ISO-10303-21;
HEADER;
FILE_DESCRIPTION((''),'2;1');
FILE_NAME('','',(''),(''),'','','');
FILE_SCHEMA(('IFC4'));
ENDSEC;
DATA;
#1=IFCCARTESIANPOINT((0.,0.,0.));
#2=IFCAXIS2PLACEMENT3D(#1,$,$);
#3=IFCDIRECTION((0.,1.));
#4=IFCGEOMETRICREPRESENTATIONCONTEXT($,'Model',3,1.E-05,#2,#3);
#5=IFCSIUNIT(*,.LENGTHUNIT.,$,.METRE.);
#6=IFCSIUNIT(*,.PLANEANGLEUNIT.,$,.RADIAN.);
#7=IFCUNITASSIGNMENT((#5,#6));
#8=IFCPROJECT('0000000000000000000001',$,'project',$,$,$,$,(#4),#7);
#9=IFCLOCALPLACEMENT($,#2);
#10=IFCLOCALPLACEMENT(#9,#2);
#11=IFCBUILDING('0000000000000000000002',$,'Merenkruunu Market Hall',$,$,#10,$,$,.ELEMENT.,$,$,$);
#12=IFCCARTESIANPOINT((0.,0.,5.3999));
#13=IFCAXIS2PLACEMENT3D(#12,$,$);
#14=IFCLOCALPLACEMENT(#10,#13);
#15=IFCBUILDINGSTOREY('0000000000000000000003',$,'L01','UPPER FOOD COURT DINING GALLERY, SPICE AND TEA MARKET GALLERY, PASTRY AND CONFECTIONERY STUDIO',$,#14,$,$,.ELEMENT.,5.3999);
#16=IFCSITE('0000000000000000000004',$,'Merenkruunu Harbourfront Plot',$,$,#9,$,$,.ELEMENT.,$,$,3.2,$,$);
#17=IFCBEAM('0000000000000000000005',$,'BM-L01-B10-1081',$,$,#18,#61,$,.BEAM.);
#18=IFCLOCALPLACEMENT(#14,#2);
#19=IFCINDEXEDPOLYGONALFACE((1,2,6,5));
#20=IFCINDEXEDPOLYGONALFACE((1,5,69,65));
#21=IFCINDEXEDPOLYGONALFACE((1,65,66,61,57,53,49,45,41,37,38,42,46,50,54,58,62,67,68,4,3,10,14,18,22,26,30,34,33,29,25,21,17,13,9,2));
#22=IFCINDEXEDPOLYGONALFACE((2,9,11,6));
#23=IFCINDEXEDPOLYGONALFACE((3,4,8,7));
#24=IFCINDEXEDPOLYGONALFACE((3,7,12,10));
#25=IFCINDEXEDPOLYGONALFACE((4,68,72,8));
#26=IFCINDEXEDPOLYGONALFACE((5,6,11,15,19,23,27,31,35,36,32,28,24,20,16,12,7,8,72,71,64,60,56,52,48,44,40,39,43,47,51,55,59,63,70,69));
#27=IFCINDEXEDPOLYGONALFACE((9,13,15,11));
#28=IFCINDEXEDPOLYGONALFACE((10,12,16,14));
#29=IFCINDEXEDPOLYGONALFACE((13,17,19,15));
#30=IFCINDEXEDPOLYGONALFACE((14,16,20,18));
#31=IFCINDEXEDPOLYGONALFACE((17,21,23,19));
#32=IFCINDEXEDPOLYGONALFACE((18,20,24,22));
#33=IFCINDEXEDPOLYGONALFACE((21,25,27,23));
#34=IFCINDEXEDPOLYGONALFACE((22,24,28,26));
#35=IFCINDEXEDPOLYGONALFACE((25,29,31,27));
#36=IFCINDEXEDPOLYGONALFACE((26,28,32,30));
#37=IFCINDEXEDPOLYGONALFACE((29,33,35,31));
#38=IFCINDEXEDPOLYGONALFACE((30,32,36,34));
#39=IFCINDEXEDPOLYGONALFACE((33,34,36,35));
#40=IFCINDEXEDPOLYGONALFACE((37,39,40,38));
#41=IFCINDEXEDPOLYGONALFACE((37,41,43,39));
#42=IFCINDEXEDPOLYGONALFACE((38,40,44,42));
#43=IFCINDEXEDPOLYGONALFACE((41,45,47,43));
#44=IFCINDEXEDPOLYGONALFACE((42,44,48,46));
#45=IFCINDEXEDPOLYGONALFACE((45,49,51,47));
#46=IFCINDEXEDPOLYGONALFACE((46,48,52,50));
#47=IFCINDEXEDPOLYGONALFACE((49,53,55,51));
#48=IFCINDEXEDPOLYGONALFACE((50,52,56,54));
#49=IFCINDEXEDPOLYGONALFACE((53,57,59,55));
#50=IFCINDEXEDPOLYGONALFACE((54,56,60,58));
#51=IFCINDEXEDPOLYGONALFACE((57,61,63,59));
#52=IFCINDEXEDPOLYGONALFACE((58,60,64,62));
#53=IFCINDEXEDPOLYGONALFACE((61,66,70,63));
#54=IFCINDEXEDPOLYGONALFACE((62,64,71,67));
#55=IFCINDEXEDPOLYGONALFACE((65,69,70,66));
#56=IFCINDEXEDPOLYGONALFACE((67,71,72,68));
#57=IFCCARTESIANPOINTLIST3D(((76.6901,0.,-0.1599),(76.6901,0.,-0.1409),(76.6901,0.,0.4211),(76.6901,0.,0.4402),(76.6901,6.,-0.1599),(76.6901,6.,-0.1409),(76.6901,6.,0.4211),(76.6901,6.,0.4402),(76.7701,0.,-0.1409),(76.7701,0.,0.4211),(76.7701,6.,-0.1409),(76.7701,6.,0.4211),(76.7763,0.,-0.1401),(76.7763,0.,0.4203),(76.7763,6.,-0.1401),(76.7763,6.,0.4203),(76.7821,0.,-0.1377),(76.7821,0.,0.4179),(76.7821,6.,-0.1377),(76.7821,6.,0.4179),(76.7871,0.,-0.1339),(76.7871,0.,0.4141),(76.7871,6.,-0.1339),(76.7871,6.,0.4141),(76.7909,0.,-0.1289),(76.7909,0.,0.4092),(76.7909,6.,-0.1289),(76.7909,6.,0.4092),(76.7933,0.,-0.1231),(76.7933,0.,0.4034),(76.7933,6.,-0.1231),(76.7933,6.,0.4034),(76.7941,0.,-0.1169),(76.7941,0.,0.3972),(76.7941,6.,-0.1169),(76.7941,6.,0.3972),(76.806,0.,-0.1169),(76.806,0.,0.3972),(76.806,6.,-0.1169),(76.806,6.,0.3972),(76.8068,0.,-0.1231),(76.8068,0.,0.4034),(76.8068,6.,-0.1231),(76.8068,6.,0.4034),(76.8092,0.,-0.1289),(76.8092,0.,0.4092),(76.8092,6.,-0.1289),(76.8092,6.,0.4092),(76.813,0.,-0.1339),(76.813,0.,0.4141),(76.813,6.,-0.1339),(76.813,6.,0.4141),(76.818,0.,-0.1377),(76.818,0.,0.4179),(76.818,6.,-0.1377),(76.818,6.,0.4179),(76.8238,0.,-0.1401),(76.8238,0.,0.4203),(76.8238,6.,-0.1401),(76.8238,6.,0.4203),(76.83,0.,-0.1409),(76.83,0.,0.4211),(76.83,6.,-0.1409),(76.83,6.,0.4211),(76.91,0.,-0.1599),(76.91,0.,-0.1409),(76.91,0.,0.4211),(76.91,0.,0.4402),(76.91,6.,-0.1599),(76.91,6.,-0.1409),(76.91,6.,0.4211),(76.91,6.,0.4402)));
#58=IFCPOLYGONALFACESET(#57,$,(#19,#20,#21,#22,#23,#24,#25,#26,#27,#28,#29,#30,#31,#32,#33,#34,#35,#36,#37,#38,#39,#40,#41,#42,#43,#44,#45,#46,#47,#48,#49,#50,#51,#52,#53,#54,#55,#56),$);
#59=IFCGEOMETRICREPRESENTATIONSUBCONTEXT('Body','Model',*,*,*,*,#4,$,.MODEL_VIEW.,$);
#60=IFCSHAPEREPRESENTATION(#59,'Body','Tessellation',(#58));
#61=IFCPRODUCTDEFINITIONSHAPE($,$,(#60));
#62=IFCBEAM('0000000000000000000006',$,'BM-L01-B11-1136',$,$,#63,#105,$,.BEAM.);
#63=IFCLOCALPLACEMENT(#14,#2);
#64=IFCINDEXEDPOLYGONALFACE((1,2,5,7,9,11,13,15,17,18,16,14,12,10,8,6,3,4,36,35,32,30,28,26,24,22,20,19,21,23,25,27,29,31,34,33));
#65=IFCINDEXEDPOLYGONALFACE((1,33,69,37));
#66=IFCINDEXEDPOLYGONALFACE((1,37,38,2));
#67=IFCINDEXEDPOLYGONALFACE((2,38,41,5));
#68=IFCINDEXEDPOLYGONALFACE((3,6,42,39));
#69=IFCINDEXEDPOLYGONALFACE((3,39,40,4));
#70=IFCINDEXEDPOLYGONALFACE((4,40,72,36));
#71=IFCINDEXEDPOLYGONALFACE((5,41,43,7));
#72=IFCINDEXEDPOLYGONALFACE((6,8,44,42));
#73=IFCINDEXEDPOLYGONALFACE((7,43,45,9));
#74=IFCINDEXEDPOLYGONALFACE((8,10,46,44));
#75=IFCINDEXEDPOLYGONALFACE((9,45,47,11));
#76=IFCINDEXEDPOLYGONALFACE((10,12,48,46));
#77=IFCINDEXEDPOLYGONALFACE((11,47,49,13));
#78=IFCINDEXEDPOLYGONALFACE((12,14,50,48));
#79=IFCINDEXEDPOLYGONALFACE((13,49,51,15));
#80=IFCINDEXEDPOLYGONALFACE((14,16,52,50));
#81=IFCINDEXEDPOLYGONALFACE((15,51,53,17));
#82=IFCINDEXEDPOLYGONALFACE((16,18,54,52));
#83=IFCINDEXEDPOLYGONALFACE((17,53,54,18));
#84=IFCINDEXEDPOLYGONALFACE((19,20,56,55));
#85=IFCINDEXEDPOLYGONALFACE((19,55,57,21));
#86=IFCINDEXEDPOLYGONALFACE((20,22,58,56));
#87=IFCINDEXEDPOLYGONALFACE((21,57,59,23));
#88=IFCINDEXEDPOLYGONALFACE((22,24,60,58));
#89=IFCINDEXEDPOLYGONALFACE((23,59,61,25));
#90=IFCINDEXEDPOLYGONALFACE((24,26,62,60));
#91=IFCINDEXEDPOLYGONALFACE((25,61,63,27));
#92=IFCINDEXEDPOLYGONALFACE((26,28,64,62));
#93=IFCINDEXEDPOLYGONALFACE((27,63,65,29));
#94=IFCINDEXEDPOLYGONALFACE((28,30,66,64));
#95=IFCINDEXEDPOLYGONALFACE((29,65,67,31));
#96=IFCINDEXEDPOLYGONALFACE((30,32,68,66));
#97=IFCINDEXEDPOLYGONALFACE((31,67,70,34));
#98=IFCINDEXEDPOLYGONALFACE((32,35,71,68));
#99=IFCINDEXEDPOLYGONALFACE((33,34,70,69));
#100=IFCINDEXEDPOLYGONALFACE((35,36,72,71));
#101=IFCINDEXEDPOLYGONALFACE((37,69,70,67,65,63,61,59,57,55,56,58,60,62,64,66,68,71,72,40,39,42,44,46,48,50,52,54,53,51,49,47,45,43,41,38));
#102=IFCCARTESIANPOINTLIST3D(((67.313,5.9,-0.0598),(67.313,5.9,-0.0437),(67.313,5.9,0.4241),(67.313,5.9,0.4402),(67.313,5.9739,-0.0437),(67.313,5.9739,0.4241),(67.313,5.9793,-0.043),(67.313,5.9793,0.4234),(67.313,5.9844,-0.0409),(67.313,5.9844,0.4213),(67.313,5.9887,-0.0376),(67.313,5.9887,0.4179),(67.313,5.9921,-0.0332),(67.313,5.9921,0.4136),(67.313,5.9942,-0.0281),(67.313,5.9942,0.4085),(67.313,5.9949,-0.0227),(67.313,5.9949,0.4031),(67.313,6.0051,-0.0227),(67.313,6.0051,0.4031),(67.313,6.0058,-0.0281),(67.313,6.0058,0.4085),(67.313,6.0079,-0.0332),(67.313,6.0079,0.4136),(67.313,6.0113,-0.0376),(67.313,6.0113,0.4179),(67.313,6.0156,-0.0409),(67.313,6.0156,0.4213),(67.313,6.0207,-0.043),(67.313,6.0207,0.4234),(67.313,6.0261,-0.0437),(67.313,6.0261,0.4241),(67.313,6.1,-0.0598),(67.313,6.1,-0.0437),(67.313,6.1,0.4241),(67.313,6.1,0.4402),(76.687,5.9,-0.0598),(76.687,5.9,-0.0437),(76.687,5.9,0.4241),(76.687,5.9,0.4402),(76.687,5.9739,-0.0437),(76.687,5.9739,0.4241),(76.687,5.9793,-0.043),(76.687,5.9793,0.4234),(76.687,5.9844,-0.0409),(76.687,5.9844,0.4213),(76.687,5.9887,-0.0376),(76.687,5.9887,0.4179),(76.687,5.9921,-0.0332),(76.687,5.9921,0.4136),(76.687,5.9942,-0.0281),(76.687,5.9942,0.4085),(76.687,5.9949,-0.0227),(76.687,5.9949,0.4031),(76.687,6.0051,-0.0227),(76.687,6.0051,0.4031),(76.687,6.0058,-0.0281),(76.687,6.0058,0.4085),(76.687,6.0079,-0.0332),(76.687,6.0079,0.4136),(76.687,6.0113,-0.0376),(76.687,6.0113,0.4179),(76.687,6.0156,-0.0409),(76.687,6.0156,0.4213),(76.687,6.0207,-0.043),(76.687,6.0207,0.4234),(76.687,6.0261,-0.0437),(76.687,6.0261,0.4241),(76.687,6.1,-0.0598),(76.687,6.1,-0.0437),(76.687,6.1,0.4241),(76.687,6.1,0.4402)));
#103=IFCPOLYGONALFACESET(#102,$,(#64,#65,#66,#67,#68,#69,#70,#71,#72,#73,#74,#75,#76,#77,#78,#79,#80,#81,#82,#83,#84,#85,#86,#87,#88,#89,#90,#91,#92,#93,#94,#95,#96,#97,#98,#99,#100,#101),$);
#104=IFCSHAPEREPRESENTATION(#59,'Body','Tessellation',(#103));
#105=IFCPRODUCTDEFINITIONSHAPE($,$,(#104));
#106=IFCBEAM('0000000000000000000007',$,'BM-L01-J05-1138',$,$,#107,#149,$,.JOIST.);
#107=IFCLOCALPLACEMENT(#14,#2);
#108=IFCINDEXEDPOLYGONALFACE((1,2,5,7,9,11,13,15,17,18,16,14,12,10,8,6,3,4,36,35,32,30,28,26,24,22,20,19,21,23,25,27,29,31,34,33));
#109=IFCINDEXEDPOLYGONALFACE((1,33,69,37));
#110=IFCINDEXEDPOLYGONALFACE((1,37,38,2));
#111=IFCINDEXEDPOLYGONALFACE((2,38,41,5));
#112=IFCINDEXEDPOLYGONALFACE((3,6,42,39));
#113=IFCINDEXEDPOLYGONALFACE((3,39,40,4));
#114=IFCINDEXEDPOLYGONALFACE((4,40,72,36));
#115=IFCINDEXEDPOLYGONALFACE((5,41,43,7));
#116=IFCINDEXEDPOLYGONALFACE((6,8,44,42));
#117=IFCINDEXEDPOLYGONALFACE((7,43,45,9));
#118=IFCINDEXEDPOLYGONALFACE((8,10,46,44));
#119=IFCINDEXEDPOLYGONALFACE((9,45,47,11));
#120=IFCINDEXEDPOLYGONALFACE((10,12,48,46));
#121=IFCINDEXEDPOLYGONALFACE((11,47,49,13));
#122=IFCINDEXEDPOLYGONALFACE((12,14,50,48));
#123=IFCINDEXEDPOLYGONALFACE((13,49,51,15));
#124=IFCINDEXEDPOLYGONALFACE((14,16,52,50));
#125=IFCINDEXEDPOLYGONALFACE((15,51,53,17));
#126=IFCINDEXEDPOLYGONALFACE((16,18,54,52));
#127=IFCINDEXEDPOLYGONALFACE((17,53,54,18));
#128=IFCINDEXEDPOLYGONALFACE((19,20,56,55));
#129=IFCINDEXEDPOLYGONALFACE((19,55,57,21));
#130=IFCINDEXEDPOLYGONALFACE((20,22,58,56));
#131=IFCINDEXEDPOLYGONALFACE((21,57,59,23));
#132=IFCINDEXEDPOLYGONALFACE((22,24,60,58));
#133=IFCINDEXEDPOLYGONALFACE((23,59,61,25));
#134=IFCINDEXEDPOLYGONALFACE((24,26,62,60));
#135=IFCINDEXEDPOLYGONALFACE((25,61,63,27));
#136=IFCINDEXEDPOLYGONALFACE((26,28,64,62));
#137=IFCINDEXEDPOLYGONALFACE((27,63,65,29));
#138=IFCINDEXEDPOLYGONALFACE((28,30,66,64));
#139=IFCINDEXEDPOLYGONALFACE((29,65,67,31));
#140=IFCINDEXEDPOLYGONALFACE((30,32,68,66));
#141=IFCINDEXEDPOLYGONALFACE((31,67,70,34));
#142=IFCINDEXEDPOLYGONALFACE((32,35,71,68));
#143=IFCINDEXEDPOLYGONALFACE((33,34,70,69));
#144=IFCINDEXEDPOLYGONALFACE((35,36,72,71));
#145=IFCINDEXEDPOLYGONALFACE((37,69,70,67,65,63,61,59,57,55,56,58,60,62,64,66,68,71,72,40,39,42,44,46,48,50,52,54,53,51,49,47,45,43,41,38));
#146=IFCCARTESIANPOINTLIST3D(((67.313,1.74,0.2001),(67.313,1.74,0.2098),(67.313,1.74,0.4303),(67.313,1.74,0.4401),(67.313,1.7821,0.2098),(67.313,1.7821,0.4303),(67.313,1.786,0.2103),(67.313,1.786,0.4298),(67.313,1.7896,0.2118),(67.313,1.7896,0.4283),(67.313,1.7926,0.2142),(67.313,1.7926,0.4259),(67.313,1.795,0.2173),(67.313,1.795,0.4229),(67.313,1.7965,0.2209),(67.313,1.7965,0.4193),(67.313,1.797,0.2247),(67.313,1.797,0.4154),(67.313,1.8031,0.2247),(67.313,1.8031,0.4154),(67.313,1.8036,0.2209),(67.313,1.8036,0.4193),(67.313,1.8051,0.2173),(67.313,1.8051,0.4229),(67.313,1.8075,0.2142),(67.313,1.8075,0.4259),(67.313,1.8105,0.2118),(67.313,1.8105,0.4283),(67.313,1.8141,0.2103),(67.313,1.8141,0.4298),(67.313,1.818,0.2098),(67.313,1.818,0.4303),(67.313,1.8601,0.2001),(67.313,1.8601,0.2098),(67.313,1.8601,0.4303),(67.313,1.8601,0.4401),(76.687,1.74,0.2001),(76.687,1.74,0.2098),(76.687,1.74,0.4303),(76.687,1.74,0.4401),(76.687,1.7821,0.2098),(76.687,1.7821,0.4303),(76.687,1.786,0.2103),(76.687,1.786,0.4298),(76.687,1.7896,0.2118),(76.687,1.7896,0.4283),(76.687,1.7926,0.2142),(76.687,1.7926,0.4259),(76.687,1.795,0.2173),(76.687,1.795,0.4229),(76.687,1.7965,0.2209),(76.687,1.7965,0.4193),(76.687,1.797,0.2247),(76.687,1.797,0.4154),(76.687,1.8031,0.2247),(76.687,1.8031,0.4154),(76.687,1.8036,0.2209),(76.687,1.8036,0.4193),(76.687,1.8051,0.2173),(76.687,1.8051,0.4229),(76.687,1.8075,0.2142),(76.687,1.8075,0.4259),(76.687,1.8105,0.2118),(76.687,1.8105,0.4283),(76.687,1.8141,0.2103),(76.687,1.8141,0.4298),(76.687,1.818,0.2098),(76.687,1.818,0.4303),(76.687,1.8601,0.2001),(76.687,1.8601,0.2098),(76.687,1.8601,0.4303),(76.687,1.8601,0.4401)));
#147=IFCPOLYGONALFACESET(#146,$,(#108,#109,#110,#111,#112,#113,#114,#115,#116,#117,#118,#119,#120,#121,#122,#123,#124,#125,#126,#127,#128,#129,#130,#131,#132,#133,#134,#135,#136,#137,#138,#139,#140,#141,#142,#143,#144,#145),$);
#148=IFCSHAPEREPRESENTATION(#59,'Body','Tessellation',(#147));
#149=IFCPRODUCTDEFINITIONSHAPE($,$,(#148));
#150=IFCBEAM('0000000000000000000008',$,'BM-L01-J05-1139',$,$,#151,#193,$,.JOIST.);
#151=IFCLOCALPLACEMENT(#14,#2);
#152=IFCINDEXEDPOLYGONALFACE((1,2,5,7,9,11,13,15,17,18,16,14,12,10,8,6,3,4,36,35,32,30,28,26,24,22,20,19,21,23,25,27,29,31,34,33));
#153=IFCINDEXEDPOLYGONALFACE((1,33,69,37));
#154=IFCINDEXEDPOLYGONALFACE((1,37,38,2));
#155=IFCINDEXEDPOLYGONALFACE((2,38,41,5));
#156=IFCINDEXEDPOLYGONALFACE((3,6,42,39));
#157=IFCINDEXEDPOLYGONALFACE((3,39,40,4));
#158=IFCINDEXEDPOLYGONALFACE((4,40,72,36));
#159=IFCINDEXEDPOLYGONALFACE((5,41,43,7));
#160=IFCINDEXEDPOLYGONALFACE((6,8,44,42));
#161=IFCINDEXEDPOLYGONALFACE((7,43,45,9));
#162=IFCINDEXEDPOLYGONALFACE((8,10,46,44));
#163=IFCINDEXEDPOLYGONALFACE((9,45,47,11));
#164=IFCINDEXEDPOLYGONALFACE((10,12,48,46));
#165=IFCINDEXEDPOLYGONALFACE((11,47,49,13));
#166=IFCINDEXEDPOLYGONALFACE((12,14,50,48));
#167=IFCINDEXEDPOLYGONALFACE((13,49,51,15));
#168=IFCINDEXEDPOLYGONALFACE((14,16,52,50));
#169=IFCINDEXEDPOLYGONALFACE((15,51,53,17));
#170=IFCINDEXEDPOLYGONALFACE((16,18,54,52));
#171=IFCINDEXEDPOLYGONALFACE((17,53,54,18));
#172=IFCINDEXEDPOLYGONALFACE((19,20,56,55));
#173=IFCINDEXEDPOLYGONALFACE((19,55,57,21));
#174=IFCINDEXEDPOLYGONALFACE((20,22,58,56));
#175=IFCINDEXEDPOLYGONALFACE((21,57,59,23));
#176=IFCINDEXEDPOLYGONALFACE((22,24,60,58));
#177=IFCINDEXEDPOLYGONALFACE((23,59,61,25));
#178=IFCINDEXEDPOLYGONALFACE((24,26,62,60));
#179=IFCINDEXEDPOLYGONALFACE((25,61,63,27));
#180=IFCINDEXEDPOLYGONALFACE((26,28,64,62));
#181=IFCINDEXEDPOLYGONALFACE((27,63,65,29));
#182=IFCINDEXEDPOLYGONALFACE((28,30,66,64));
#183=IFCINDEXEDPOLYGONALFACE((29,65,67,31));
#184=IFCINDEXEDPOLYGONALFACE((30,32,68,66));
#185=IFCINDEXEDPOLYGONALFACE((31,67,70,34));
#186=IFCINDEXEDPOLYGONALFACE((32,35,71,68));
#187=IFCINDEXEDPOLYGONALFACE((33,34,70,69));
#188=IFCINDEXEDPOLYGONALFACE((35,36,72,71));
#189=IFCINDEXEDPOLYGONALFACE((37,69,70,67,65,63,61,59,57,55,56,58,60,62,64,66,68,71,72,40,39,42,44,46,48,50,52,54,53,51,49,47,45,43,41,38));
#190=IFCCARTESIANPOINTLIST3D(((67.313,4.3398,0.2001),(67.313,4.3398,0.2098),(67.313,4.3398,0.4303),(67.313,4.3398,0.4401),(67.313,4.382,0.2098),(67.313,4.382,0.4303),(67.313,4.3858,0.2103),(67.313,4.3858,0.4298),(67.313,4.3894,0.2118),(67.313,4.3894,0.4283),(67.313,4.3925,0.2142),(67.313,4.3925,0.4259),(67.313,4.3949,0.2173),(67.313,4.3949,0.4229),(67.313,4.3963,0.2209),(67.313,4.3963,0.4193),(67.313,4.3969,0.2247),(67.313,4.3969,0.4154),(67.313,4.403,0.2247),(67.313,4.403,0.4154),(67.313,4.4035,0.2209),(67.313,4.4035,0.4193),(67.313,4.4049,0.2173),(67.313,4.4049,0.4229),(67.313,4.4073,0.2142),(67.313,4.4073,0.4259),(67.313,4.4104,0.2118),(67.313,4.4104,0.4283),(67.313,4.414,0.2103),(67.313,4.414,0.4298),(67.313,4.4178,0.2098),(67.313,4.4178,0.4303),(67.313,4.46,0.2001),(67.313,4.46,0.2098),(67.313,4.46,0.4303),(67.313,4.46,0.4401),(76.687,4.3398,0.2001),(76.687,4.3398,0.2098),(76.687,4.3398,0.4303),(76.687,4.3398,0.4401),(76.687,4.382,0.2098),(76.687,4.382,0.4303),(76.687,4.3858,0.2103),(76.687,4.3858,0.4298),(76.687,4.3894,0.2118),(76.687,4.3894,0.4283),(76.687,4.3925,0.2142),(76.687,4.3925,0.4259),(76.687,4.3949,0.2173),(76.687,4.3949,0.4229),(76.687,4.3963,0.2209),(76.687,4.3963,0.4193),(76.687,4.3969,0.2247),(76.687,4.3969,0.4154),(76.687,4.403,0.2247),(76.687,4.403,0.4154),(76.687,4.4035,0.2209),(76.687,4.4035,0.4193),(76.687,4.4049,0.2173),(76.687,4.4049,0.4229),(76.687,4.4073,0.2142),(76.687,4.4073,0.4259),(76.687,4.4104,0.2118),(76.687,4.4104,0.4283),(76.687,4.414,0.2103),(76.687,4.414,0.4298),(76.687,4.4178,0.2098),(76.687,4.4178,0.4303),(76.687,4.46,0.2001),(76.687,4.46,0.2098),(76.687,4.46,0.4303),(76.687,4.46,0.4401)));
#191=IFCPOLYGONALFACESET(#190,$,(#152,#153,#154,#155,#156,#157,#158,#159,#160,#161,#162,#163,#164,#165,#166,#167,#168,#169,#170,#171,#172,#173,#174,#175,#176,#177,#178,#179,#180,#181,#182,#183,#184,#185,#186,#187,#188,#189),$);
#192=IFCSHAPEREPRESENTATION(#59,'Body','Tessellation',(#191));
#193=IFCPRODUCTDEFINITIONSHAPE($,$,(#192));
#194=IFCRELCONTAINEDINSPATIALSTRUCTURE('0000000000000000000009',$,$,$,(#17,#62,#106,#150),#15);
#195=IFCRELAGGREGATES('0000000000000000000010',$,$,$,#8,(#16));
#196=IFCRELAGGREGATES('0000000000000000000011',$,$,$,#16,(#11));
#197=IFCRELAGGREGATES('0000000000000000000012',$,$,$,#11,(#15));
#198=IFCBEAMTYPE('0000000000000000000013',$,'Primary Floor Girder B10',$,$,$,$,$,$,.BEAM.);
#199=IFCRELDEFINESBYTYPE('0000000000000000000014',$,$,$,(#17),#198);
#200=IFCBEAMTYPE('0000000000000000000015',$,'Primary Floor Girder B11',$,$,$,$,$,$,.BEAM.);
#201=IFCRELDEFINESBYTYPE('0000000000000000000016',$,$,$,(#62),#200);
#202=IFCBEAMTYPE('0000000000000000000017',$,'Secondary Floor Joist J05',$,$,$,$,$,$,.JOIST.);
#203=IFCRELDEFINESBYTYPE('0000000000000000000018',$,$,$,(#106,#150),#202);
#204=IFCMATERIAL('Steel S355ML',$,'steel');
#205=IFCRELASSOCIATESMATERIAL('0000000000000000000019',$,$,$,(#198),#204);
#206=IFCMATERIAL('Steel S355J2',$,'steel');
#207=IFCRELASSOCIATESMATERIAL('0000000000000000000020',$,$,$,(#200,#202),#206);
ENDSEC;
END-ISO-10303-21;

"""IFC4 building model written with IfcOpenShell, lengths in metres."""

from ifc_helpers import new_model, si_unit, direction, frame, origin, origin_2d, place, context, subcontext, project, spatial, i_section, extrude, material, material_profile, profile_set, type_object, element, save


model = new_model("IFC4")

# Units and contexts
model_context = context("Model", 3, precision=1e-05, world=origin(), true_north=direction((0.0, 1.0)))
body_context = subcontext(model_context, "Body", "Model", "MODEL_VIEW")
ifc_project = project(units=[si_unit("LENGTHUNIT", "METRE"), si_unit("PLANEANGLEUNIT", "RADIAN")], contexts=[model_context])

# Site, building, storey
site_placement = place(None, origin())
site = spatial("IfcSite", under=ifc_project, at=site_placement, Name="Merenkruunu Harbourfront Plot", CompositionType="ELEMENT", RefElevation=3.2)
building_placement = place(site_placement, origin())
building = spatial("IfcBuilding", under=site, at=building_placement, Name="Merenkruunu Market Hall", CompositionType="ELEMENT")
storey_placement = place(building_placement, frame((0.0, 0.0, 5.3999)))
storey = spatial("IfcBuildingStorey", under=building, at=storey_placement, Name="L01", Description="UPPER FOOD COURT DINING GALLERY, SPICE AND TEA MARKET GALLERY, PASTRY AND CONFECTIONERY STUDIO", CompositionType="ELEMENT", Elevation=5.3999)

# Shared definitions
ifc_material_1 = material(Name="Steel S355ML", Category="steel")

# Beams
ifc_material_2 = material(Name="Steel S355J2", Category="steel")
ifc_material_profile_1 = material_profile(ifc_material_1, i_section(OverallWidth=0.22, OverallDepth=0.6001, WebThickness=0.012, FlangeThickness=0.019, FilletRadius=0.0239, at=origin_2d()), Name="IPE 600")
ifc_profile_set_1 = profile_set([ifc_material_profile_1], Name="Steel S355ML")
beam_type_1 = type_object("IfcBeamType", Name="Primary Floor Girder B10", PredefinedType="BEAM", material=ifc_profile_set_1)
beam_1_placement = place(storey_placement, frame((76.8, 6.0, 0.1401), z_axis=(0.0, -1.0, 0.0), x_axis=(1.0, 0.0, 0.0)))
element("IfcBeam", 1, at=beam_1_placement, inside=storey, type_object=beam_type_1, Name="BM-L01-B10-1081", PredefinedType="BEAM", context=body_context, shape_type="SweptSolid", body=[
    extrude(i_section(OverallWidth=0.22, OverallDepth=0.6001, WebThickness=0.012, FlangeThickness=0.019, FilletRadius=0.0239, at=origin_2d()), origin(), (0.0, 0.0, 1.0), 6.0),
])
ifc_material_profile_2 = material_profile(ifc_material_2, i_section(OverallWidth=0.2, OverallDepth=0.5, WebThickness=0.0103, FlangeThickness=0.0161, FilletRadius=0.021, at=origin_2d()), Name="IPE 500")
ifc_profile_set_2 = profile_set([ifc_material_profile_2], Name="Steel S355J2")
beam_type_2 = type_object("IfcBeamType", Name="Primary Floor Girder B11", PredefinedType="BEAM", material=ifc_profile_set_2)
beam_2_placement = place(storey_placement, frame((67.313, 6.0, 0.1902), z_axis=(1.0, 0.0, 0.0), x_axis=(0.0, 1.0, 0.0)))
element("IfcBeam", 2, at=beam_2_placement, inside=storey, type_object=beam_type_2, Name="BM-L01-B11-1136", PredefinedType="BEAM", context=body_context, shape_type="SweptSolid", body=[
    extrude(i_section(OverallWidth=0.2, OverallDepth=0.5, WebThickness=0.0103, FlangeThickness=0.0161, FilletRadius=0.021, at=origin_2d()), origin(), (0.0, 0.0, 1.0), 9.374),
])
ifc_material_profile_3 = material_profile(ifc_material_2, i_section(OverallWidth=0.1201, OverallDepth=0.24, WebThickness=0.0061, FlangeThickness=0.0098, FilletRadius=0.0149, at=origin_2d()), Name="IPE 240")
ifc_profile_set_3 = profile_set([ifc_material_profile_3], Name="Steel S355J2")
beam_type_3 = type_object("IfcBeamType", Name="Secondary Floor Joist J05", PredefinedType="JOIST", material=ifc_profile_set_3)
for number, where, z_axis, x_axis, name in (
    (3, (67.313, 1.8, 0.3201), (1.0, 0.0, 0.0), (0.0, 1.0, 0.0), "BM-L01-J05-1138"),
    (4, (67.313, 4.3999, 0.3201), (1.0, 0.0, 0.0), (0.0, 1.0, 0.0), "BM-L01-J05-1139"),
):
    element("IfcBeam", number, at=place(storey_placement, frame(where, z_axis=z_axis, x_axis=x_axis)), inside=storey, type_object=beam_type_3, Name=name, PredefinedType="JOIST", context=body_context, shape_type="SweptSolid", body=[
        extrude(i_section(OverallWidth=0.1201, OverallDepth=0.24, WebThickness=0.0061, FlangeThickness=0.0098, FilletRadius=0.0149, at=origin_2d()), origin(), (0.0, 0.0, 1.0), 9.374),
    ])

save(model, "model.ifc")
